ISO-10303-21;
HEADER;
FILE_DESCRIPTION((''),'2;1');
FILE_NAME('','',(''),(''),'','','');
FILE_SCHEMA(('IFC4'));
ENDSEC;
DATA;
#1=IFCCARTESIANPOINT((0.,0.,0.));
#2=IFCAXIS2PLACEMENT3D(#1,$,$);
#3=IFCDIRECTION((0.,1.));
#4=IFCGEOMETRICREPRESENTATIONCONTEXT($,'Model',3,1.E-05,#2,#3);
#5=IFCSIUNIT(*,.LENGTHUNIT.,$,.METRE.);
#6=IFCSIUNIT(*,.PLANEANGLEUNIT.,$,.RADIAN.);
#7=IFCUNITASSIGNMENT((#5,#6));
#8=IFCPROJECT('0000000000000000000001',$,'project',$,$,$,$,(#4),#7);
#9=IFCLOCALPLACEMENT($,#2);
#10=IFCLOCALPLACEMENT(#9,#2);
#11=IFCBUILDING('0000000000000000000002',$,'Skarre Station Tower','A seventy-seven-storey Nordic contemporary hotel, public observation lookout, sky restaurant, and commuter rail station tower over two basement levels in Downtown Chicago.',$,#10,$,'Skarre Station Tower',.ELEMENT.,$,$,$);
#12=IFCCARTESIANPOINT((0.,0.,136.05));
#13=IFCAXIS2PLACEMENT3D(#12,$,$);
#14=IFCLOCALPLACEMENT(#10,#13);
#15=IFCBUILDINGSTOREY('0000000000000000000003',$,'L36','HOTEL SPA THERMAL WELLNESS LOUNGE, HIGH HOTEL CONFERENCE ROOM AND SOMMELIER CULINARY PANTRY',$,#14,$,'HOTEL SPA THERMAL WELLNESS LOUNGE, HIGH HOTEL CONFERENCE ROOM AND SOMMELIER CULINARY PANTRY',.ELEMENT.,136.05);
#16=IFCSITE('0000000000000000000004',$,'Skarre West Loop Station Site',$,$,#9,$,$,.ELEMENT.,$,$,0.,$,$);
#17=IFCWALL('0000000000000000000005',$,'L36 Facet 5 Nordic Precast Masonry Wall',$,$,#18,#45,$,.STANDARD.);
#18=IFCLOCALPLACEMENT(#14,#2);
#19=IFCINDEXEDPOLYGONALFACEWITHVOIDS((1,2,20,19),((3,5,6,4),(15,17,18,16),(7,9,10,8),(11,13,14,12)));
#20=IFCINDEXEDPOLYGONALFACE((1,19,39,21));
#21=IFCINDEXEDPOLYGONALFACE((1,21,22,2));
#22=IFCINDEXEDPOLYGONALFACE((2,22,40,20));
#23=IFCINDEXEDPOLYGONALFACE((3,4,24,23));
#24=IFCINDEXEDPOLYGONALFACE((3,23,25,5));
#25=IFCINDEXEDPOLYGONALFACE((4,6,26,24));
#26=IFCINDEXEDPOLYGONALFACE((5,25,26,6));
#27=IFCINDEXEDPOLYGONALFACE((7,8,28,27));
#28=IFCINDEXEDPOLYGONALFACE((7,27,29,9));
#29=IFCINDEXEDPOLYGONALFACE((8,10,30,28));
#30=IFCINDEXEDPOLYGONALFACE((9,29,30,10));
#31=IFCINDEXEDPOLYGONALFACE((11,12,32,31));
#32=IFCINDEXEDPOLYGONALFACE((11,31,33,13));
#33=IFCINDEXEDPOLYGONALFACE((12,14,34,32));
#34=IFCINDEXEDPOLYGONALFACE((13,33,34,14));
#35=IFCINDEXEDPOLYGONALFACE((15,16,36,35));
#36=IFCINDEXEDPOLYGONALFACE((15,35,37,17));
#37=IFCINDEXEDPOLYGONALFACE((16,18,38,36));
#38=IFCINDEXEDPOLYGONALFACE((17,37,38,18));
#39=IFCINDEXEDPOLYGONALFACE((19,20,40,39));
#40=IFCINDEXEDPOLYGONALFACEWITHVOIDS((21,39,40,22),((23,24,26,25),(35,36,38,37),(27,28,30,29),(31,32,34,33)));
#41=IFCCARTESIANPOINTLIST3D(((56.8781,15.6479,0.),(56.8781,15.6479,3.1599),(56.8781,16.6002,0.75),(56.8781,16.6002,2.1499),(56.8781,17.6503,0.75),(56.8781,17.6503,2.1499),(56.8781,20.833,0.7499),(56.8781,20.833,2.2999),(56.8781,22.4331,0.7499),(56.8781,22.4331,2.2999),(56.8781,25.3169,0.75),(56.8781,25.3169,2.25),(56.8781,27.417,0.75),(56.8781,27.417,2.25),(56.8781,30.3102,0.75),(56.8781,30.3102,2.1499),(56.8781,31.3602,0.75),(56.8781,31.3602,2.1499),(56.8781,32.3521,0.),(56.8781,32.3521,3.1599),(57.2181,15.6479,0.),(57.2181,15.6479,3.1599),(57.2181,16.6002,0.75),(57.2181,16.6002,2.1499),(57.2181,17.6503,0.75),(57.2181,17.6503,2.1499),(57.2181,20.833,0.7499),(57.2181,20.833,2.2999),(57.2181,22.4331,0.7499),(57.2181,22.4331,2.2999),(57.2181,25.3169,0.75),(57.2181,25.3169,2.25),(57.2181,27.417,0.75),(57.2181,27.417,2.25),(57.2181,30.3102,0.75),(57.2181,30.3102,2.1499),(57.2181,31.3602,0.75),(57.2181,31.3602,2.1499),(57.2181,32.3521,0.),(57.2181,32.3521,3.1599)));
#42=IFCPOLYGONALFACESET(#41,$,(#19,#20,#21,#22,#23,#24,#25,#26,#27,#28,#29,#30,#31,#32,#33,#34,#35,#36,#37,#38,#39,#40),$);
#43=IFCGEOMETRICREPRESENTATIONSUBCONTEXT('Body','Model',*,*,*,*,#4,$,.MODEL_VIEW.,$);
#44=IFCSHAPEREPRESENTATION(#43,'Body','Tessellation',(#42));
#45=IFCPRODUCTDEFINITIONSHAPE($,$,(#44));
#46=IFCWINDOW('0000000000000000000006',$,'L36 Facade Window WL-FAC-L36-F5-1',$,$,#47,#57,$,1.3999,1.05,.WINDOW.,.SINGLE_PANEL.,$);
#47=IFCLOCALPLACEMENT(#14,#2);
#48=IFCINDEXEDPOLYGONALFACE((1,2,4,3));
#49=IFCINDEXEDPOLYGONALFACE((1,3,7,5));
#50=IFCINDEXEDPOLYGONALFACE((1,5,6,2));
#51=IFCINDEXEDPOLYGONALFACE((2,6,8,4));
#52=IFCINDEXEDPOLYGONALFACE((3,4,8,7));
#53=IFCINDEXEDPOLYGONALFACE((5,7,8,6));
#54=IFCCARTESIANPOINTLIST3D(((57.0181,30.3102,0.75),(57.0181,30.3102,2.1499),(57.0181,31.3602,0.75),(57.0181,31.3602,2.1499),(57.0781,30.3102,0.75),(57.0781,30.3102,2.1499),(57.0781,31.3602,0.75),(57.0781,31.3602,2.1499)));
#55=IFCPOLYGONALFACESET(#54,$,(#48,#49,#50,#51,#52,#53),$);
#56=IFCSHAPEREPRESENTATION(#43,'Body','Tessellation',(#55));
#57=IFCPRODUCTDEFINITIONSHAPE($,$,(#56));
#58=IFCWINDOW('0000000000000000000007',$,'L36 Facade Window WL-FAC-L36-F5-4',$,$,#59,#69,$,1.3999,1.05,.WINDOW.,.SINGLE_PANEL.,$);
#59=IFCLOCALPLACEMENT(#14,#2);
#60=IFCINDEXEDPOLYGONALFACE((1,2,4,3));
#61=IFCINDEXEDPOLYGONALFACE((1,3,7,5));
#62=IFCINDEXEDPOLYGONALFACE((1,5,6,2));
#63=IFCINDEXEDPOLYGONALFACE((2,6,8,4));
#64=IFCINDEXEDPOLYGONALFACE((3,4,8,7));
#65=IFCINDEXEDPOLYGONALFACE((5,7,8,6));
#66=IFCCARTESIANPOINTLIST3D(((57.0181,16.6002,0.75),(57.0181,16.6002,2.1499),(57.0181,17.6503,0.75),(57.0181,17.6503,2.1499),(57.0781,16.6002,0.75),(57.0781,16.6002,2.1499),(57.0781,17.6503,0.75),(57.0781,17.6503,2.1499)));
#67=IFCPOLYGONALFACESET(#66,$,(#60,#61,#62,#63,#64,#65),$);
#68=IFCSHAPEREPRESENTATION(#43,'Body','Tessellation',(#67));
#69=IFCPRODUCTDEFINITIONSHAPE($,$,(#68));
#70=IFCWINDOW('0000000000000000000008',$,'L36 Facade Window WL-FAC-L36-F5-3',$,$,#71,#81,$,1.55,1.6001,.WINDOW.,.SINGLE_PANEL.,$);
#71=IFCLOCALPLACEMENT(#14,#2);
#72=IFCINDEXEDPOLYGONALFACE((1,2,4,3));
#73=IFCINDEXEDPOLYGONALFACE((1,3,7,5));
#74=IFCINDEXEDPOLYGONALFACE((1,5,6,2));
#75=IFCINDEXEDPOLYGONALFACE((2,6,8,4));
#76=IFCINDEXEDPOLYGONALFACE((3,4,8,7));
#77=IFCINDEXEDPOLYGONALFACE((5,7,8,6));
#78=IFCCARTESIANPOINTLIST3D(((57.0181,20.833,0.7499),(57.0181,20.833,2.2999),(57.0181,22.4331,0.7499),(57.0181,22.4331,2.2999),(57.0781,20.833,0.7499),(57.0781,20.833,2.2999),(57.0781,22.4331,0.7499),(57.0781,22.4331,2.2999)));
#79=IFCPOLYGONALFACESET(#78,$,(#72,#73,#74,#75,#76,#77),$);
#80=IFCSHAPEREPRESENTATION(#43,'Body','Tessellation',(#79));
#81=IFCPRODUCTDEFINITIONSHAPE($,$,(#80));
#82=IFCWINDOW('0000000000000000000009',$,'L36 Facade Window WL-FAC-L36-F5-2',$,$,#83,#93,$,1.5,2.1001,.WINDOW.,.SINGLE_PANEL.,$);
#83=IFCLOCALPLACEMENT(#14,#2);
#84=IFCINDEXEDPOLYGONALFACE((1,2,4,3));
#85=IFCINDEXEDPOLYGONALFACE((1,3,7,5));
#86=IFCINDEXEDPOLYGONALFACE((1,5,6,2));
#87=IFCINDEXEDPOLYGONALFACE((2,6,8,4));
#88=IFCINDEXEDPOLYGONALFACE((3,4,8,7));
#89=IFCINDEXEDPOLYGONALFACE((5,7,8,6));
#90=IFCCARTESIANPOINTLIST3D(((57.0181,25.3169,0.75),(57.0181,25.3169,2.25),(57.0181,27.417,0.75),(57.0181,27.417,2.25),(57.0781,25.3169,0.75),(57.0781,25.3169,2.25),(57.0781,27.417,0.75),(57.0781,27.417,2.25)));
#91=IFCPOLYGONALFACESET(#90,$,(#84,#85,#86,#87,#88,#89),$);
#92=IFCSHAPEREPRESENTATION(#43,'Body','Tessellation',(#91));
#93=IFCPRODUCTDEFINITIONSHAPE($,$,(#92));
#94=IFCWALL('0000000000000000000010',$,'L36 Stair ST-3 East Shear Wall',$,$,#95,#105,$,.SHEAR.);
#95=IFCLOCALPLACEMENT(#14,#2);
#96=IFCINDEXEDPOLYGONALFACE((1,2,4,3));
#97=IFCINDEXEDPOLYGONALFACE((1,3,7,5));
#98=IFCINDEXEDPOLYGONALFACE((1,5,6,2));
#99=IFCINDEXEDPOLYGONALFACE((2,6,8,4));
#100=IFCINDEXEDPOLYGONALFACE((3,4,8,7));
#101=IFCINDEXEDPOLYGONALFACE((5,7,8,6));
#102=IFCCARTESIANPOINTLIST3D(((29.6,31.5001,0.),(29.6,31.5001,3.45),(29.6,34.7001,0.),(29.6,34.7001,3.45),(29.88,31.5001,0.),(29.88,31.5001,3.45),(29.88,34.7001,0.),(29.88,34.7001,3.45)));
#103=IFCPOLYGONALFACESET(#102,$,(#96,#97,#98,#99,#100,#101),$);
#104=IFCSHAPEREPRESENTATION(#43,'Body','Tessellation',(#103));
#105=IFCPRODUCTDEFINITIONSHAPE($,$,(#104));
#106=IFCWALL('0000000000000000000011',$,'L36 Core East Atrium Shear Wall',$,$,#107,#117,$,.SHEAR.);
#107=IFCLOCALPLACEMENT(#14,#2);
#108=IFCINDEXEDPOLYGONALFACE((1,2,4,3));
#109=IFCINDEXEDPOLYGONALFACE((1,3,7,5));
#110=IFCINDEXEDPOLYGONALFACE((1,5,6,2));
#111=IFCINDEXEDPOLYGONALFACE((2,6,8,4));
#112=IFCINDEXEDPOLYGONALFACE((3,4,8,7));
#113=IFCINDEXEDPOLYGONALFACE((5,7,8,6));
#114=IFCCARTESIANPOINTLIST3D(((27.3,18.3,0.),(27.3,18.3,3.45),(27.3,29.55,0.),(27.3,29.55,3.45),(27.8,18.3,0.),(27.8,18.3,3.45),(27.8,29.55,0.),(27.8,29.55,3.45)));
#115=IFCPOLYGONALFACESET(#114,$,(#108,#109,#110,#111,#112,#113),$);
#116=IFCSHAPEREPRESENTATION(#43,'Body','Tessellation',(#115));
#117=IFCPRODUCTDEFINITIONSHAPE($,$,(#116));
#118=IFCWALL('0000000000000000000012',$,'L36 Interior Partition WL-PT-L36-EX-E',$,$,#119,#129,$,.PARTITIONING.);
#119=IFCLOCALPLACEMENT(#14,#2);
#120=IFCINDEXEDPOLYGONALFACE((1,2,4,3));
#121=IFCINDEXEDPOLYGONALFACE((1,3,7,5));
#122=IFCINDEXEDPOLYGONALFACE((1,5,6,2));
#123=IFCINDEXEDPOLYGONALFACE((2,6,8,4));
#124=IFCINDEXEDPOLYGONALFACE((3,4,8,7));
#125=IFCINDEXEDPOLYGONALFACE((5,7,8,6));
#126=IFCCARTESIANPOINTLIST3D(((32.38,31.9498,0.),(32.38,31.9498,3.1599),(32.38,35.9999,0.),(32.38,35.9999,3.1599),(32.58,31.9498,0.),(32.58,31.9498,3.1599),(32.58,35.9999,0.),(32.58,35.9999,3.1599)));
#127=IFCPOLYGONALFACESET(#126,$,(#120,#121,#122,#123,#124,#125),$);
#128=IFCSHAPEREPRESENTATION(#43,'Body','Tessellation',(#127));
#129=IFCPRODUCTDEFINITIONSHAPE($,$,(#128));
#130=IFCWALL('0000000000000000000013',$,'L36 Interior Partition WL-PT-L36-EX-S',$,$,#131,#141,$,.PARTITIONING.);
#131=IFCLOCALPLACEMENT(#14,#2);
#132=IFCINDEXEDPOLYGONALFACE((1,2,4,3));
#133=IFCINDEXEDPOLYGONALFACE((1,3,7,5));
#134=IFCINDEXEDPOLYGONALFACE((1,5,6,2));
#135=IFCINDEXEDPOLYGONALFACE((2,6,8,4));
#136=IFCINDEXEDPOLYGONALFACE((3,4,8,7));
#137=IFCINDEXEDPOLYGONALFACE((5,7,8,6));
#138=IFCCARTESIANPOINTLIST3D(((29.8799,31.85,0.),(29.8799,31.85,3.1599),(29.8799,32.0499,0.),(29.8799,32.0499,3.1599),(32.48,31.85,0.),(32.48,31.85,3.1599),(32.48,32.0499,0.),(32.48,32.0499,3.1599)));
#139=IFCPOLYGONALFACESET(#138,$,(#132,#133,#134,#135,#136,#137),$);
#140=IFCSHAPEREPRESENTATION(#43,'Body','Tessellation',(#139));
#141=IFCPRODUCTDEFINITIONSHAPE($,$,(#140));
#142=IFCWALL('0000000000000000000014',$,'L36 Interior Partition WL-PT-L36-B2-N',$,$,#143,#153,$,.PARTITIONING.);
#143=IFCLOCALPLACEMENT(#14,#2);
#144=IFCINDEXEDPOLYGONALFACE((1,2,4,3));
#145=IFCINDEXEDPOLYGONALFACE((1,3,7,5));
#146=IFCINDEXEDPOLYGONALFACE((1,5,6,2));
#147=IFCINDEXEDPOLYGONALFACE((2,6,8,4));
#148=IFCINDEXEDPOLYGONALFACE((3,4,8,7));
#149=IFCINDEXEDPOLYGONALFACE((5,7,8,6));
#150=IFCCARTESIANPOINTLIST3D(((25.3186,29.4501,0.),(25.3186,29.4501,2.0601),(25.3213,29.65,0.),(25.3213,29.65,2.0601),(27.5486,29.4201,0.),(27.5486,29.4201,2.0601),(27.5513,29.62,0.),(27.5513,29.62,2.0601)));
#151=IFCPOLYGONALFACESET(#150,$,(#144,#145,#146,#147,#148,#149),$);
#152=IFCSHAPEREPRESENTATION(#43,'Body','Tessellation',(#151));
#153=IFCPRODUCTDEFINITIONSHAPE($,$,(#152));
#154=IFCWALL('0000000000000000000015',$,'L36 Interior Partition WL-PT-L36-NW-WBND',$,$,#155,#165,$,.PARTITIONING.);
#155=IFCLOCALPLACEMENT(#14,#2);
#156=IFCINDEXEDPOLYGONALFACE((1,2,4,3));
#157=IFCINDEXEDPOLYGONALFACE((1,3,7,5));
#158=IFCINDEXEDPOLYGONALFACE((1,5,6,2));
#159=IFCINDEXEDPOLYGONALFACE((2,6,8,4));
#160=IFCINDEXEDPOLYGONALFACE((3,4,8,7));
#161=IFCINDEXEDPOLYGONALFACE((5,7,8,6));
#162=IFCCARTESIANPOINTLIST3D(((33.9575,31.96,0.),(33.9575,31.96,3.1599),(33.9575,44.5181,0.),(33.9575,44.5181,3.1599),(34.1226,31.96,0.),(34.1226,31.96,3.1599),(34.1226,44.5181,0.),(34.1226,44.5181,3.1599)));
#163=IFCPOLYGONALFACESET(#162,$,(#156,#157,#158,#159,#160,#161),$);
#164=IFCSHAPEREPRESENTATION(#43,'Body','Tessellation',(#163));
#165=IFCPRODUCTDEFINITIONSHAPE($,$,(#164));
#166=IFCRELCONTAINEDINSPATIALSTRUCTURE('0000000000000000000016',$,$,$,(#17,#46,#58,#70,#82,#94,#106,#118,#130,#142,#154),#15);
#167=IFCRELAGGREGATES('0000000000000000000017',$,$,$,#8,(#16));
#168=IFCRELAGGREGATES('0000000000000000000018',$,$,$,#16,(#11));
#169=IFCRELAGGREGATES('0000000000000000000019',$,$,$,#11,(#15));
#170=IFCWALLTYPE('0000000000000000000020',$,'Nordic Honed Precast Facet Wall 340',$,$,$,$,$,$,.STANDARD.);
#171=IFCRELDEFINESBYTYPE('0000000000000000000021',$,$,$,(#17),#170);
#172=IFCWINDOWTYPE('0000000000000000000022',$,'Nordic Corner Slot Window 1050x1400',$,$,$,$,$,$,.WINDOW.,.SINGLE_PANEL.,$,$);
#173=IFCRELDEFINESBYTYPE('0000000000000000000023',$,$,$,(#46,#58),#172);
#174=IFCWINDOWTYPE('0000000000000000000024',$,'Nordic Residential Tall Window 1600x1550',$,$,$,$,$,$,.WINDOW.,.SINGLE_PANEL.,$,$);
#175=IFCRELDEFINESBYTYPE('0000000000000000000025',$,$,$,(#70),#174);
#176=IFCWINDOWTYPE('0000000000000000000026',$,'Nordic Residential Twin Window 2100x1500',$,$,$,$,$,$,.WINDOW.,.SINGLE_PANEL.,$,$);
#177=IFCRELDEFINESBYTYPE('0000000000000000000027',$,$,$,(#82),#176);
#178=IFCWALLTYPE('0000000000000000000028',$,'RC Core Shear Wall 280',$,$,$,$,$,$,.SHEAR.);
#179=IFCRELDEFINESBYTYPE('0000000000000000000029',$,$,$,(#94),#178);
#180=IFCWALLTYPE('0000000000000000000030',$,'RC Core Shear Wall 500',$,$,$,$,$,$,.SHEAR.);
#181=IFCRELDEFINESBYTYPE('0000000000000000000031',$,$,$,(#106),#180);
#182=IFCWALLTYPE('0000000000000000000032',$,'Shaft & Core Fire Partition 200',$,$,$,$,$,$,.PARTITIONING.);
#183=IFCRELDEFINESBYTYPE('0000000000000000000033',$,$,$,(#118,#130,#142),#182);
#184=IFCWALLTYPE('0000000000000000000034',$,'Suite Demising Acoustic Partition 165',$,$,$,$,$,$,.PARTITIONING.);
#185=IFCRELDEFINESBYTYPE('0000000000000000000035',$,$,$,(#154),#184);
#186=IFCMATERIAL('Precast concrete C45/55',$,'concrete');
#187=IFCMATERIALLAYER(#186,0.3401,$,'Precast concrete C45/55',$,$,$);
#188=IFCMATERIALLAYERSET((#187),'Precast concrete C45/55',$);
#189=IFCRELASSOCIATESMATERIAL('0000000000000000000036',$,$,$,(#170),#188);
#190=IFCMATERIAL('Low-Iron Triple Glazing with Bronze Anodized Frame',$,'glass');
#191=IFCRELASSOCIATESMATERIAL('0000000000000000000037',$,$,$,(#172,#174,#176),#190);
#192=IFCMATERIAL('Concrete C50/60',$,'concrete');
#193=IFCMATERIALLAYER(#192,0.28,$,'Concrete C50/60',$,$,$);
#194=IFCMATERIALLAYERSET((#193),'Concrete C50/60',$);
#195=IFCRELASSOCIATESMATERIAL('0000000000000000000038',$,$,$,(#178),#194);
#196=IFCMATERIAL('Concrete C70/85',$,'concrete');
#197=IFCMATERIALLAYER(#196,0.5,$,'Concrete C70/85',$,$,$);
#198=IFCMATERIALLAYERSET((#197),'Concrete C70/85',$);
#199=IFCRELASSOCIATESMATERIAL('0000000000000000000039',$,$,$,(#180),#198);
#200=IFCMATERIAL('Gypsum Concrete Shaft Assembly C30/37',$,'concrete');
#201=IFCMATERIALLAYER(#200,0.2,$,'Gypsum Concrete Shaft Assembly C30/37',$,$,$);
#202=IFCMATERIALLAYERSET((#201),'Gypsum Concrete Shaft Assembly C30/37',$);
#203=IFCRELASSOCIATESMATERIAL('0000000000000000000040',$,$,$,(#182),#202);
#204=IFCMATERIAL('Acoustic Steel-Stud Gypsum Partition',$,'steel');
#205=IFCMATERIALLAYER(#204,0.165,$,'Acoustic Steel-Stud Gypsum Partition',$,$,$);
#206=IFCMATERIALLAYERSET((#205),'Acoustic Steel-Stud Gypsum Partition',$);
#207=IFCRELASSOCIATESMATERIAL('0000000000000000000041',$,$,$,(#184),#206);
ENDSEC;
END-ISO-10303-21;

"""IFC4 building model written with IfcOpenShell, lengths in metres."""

from ifc_helpers import new_model, si_unit, direction, frame, frame_2d, origin, place, context, subcontext, project, spatial, rectangle, extrude, material, layer, layer_set, type_object, element, fill, save


model = new_model("IFC4")

# Units and contexts
model_context = context("Model", 3, precision=1e-05, world=origin(), true_north=direction((0.0, 1.0)))
body_context = subcontext(model_context, "Body", "Model", "MODEL_VIEW")
ifc_project = project(units=[si_unit("LENGTHUNIT", "METRE"), si_unit("PLANEANGLEUNIT", "RADIAN")], contexts=[model_context])

# Site, building, storey
site_placement = place(None, origin())
site = spatial("IfcSite", under=ifc_project, at=site_placement, Name="Skarre West Loop Station Site", CompositionType="ELEMENT", RefElevation=0.0)
building_placement = place(site_placement, origin())
building = spatial("IfcBuilding", under=site, at=building_placement, Name="Skarre Station Tower", Description="A seventy-seven-storey Nordic contemporary hotel, public observation lookout, sky restaurant, and commuter rail station tower over two basement levels in Downtown Chicago.", LongName="Skarre Station Tower", CompositionType="ELEMENT")
storey_placement = place(building_placement, frame((0.0, 0.0, 136.05)))
storey = spatial("IfcBuildingStorey", under=building, at=storey_placement, Name="L36", Description="HOTEL SPA THERMAL WELLNESS LOUNGE, HIGH HOTEL CONFERENCE ROOM AND SOMMELIER CULINARY PANTRY", LongName="HOTEL SPA THERMAL WELLNESS LOUNGE, HIGH HOTEL CONFERENCE ROOM AND SOMMELIER CULINARY PANTRY", CompositionType="ELEMENT", Elevation=136.05)

# Shared definitions
ifc_material_1 = material(Name="Concrete C70/85", Category="concrete")

# Shared definitions
ifc_material_2 = material(Name="Acoustic Steel-Stud Gypsum Partition", Category="steel")

# Wall, openings, windows
ifc_material_3 = material(Name="Precast concrete C45/55", Category="concrete")
ifc_layer_1 = layer(ifc_material_3, 0.3401, Name="Precast concrete C45/55")
ifc_layer_set_1 = layer_set([ifc_layer_1], Name="Precast concrete C45/55")
wall_type_1 = type_object("IfcWallType", Name="Nordic Honed Precast Facet Wall 340", PredefinedType="STANDARD", material=ifc_layer_set_1)
wall_1_placement = place(storey_placement, frame((57.0481, 32.3521, 0.0), z_axis=(0.0, 0.0, 1.0), x_axis=(0.0, -1.0, 0.0)))
wall_1 = element("IfcWall", 1, at=wall_1_placement, inside=storey, type_object=wall_type_1, Name="L36 Facet 5 Nordic Precast Masonry Wall", PredefinedType="STANDARD", context=body_context, shape_type="SweptSolid", body=[
    extrude(rectangle(XDim=16.7041, YDim=0.3401, at=frame_2d((8.3521, 0.0))), origin(), (0.0, 0.0, 1.0), 3.1599),
])
opening_1_placement = place(wall_1_placement, frame((0.9919, 0.0, 0.75)))
opening_1 = element("IfcOpeningElement", 2, at=opening_1_placement, cuts=wall_1, PredefinedType="OPENING", context=body_context, shape_type="SweptSolid", body=[
    extrude(rectangle(XDim=1.05, YDim=1.3999, at=frame_2d((0.5249, 0.7))), frame((0.0, 0.1799, 0.0), z_axis=(0.0, -1.0, 0.0), x_axis=(1.0, 0.0, 0.0)), (0.0, 0.0, 1.0), 0.3601),
])
opening_2_placement = place(wall_1_placement, frame((4.9351, 0.0, 0.75)))
opening_2 = element("IfcOpeningElement", 3, at=opening_2_placement, cuts=wall_1, PredefinedType="OPENING", context=body_context, shape_type="SweptSolid", body=[
    extrude(rectangle(XDim=2.1001, YDim=1.5, at=frame_2d((1.05, 0.75))), frame((0.0, 0.1799, 0.0), z_axis=(0.0, -1.0, 0.0), x_axis=(1.0, 0.0, 0.0)), (0.0, 0.0, 1.0), 0.3601),
])
opening_3_placement = place(wall_1_placement, frame((9.9189, 0.0, 0.75)))
opening_3 = element("IfcOpeningElement", 4, at=opening_3_placement, cuts=wall_1, PredefinedType="OPENING", context=body_context, shape_type="SweptSolid", body=[
    extrude(rectangle(XDim=1.6001, YDim=1.55, at=frame_2d((0.8, 0.7749))), frame((0.0, 0.1799, 0.0), z_axis=(0.0, -1.0, 0.0), x_axis=(1.0, 0.0, 0.0)), (0.0, 0.0, 1.0), 0.3601),
])
opening_4_placement = place(wall_1_placement, frame((14.7019, 0.0, 0.75)))
opening_4 = element("IfcOpeningElement", 5, at=opening_4_placement, cuts=wall_1, PredefinedType="OPENING", context=body_context, shape_type="SweptSolid", body=[
    extrude(rectangle(XDim=1.05, YDim=1.3999, at=frame_2d((0.5249, 0.7))), frame((0.0, 0.1799, 0.0), z_axis=(0.0, -1.0, 0.0), x_axis=(1.0, 0.0, 0.0)), (0.0, 0.0, 1.0), 0.3601),
])
ifc_material_4 = material(Name="Low-Iron Triple Glazing with Bronze Anodized Frame", Category="glass")
window_type_1 = type_object("IfcWindowType", Name="Nordic Corner Slot Window 1050x1400", PartitioningType="SINGLE_PANEL", PredefinedType="WINDOW", material=ifc_material_4)
window_1_placement = place(opening_1_placement, origin())
window_1 = element("IfcWindow", 6, at=window_1_placement, inside=storey, type_object=window_type_1, Name="L36 Facade Window WL-FAC-L36-F5-1", OverallHeight=1.3999, OverallWidth=1.05, PartitioningType="SINGLE_PANEL", PredefinedType="WINDOW", context=body_context, shape_type="SweptSolid", body=[
    extrude(rectangle(XDim=1.05, YDim=1.3999, at=frame_2d((0.5249, 0.7))), frame((0.0, 0.03, 0.0), z_axis=(0.0, -1.0, 0.0), x_axis=(1.0, 0.0, 0.0)), (0.0, 0.0, 1.0), 0.0601),
])
fill(opening_1, window_1)
window_2_placement = place(opening_4_placement, origin())
window_2 = element("IfcWindow", 7, at=window_2_placement, inside=storey, type_object=window_type_1, Name="L36 Facade Window WL-FAC-L36-F5-4", OverallHeight=1.3999, OverallWidth=1.05, PartitioningType="SINGLE_PANEL", PredefinedType="WINDOW", context=body_context, shape_type="SweptSolid", body=[
    extrude(rectangle(XDim=1.05, YDim=1.3999, at=frame_2d((0.5249, 0.7))), frame((0.0, 0.03, 0.0), z_axis=(0.0, -1.0, 0.0), x_axis=(1.0, 0.0, 0.0)), (0.0, 0.0, 1.0), 0.0601),
])
fill(opening_4, window_2)
window_type_2 = type_object("IfcWindowType", Name="Nordic Residential Tall Window 1600x1550", PartitioningType="SINGLE_PANEL", PredefinedType="WINDOW", material=ifc_material_4)
window_3_placement = place(opening_3_placement, origin())
window_3 = element("IfcWindow", 8, at=window_3_placement, inside=storey, type_object=window_type_2, Name="L36 Facade Window WL-FAC-L36-F5-3", OverallHeight=1.55, OverallWidth=1.6001, PartitioningType="SINGLE_PANEL", PredefinedType="WINDOW", context=body_context, shape_type="SweptSolid", body=[
    extrude(rectangle(XDim=1.6001, YDim=1.55, at=frame_2d((0.8, 0.7749))), frame((0.0, 0.03, 0.0), z_axis=(0.0, -1.0, 0.0), x_axis=(1.0, 0.0, 0.0)), (0.0, 0.0, 1.0), 0.0601),
])
fill(opening_3, window_3)
window_type_3 = type_object("IfcWindowType", Name="Nordic Residential Twin Window 2100x1500", PartitioningType="SINGLE_PANEL", PredefinedType="WINDOW", material=ifc_material_4)
window_4_placement = place(opening_2_placement, origin())
window_4 = element("IfcWindow", 9, at=window_4_placement, inside=storey, type_object=window_type_3, Name="L36 Facade Window WL-FAC-L36-F5-2", OverallHeight=1.5, OverallWidth=2.1001, PartitioningType="SINGLE_PANEL", PredefinedType="WINDOW", context=body_context, shape_type="SweptSolid", body=[
    extrude(rectangle(XDim=2.1001, YDim=1.5, at=frame_2d((1.05, 0.75))), frame((0.0, 0.03, 0.0), z_axis=(0.0, -1.0, 0.0), x_axis=(1.0, 0.0, 0.0)), (0.0, 0.0, 1.0), 0.0601),
])
fill(opening_2, window_4)

# Walls
ifc_material_5 = material(Name="Concrete C50/60", Category="concrete")
ifc_layer_2 = layer(ifc_material_5, 0.28, Name="Concrete C50/60")
ifc_layer_set_2 = layer_set([ifc_layer_2], Name="Concrete C50/60")
wall_type_2 = type_object("IfcWallType", Name="RC Core Shear Wall 280", PredefinedType="SHEAR", material=ifc_layer_set_2)
wall_2_placement = place(storey_placement, frame((29.74, 31.5, 0.0), z_axis=(0.0, 0.0, 1.0), x_axis=(0.0, 1.0, 0.0)))
element("IfcWall", 10, at=wall_2_placement, inside=storey, type_object=wall_type_2, Name="L36 Stair ST-3 East Shear Wall", PredefinedType="SHEAR", context=body_context, shape_type="SweptSolid", body=[
    extrude(rectangle(XDim=3.2, YDim=0.28, at=frame_2d((1.6001, 0.0))), origin(), (0.0, 0.0, 1.0), 3.45),
])
ifc_layer_3 = layer(ifc_material_1, 0.5, Name="Concrete C70/85")
ifc_layer_set_3 = layer_set([ifc_layer_3], Name="Concrete C70/85")
wall_type_3 = type_object("IfcWallType", Name="RC Core Shear Wall 500", PredefinedType="SHEAR", material=ifc_layer_set_3)
wall_3_placement = place(storey_placement, frame((27.55, 29.55, 0.0), z_axis=(0.0, 0.0, 1.0), x_axis=(0.0, -1.0, 0.0)))
element("IfcWall", 11, at=wall_3_placement, inside=storey, type_object=wall_type_3, Name="L36 Core East Atrium Shear Wall", PredefinedType="SHEAR", context=body_context, shape_type="SweptSolid", body=[
    extrude(rectangle(XDim=11.25, YDim=0.5, at=frame_2d((5.625, 0.0))), origin(), (0.0, 0.0, 1.0), 3.45),
])
ifc_material_6 = material(Name="Gypsum Concrete Shaft Assembly C30/37", Category="concrete")
ifc_layer_4 = layer(ifc_material_6, 0.2, Name="Gypsum Concrete Shaft Assembly C30/37")
ifc_layer_set_4 = layer_set([ifc_layer_4], Name="Gypsum Concrete Shaft Assembly C30/37")
wall_type_4 = type_object("IfcWallType", Name="Shaft & Core Fire Partition 200", PredefinedType="PARTITIONING", material=ifc_layer_set_4)
wall_4_placement = place(storey_placement, frame((32.48, 31.95, 0.0), z_axis=(0.0, 0.0, 1.0), x_axis=(0.0, 1.0, 0.0)))
element("IfcWall", 12, at=wall_4_placement, inside=storey, type_object=wall_type_4, Name="L36 Interior Partition WL-PT-L36-EX-E", PredefinedType="PARTITIONING", context=body_context, shape_type="SweptSolid", body=[
    extrude(rectangle(XDim=4.05, YDim=0.2, at=frame_2d((2.0249, 0.0))), origin(), (0.0, 0.0, 1.0), 3.1599),
])
wall_5_placement = place(storey_placement, frame((32.48, 31.95, 0.0), z_axis=(0.0, 0.0, 1.0), x_axis=(-1.0, 0.0, 0.0)))
element("IfcWall", 13, at=wall_5_placement, inside=storey, type_object=wall_type_4, Name="L36 Interior Partition WL-PT-L36-EX-S", PredefinedType="PARTITIONING", context=body_context, shape_type="SweptSolid", body=[
    extrude(rectangle(XDim=2.6001, YDim=0.2, at=frame_2d((1.3, 0.0))), origin(), (0.0, 0.0, 1.0), 3.1599),
])
wall_6_placement = place(storey_placement, frame((27.55, 29.52, 0.0), z_axis=(0.0, 0.0, 1.0), x_axis=(-0.999909, 0.013465, 0.0)))
element("IfcWall", 14, at=wall_6_placement, inside=storey, type_object=wall_type_4, Name="L36 Interior Partition WL-PT-L36-B2-N", PredefinedType="PARTITIONING", context=body_context, shape_type="SweptSolid", body=[
    extrude(rectangle(XDim=2.2302, YDim=0.2, at=frame_2d((1.1152, 0.0))), origin(), (0.0, 0.0, 1.0), 2.0601),
])
ifc_layer_5 = layer(ifc_material_2, 0.165, Name="Acoustic Steel-Stud Gypsum Partition")
ifc_layer_set_5 = layer_set([ifc_layer_5], Name="Acoustic Steel-Stud Gypsum Partition")
wall_type_5 = type_object("IfcWallType", Name="Suite Demising Acoustic Partition 165", PredefinedType="PARTITIONING", material=ifc_layer_set_5)
wall_7_placement = place(storey_placement, frame((34.04, 31.96, 0.0), z_axis=(0.0, 0.0, 1.0), x_axis=(0.0, 1.0, 0.0)))
element("IfcWall", 15, at=wall_7_placement, inside=storey, type_object=wall_type_5, Name="L36 Interior Partition WL-PT-L36-NW-WBND", PredefinedType="PARTITIONING", context=body_context, shape_type="SweptSolid", body=[
    extrude(rectangle(XDim=12.5581, YDim=0.165, at=frame_2d((6.2791, 0.0))), origin(), (0.0, 0.0, 1.0), 3.1599),
])

save(model, "model.ifc")
